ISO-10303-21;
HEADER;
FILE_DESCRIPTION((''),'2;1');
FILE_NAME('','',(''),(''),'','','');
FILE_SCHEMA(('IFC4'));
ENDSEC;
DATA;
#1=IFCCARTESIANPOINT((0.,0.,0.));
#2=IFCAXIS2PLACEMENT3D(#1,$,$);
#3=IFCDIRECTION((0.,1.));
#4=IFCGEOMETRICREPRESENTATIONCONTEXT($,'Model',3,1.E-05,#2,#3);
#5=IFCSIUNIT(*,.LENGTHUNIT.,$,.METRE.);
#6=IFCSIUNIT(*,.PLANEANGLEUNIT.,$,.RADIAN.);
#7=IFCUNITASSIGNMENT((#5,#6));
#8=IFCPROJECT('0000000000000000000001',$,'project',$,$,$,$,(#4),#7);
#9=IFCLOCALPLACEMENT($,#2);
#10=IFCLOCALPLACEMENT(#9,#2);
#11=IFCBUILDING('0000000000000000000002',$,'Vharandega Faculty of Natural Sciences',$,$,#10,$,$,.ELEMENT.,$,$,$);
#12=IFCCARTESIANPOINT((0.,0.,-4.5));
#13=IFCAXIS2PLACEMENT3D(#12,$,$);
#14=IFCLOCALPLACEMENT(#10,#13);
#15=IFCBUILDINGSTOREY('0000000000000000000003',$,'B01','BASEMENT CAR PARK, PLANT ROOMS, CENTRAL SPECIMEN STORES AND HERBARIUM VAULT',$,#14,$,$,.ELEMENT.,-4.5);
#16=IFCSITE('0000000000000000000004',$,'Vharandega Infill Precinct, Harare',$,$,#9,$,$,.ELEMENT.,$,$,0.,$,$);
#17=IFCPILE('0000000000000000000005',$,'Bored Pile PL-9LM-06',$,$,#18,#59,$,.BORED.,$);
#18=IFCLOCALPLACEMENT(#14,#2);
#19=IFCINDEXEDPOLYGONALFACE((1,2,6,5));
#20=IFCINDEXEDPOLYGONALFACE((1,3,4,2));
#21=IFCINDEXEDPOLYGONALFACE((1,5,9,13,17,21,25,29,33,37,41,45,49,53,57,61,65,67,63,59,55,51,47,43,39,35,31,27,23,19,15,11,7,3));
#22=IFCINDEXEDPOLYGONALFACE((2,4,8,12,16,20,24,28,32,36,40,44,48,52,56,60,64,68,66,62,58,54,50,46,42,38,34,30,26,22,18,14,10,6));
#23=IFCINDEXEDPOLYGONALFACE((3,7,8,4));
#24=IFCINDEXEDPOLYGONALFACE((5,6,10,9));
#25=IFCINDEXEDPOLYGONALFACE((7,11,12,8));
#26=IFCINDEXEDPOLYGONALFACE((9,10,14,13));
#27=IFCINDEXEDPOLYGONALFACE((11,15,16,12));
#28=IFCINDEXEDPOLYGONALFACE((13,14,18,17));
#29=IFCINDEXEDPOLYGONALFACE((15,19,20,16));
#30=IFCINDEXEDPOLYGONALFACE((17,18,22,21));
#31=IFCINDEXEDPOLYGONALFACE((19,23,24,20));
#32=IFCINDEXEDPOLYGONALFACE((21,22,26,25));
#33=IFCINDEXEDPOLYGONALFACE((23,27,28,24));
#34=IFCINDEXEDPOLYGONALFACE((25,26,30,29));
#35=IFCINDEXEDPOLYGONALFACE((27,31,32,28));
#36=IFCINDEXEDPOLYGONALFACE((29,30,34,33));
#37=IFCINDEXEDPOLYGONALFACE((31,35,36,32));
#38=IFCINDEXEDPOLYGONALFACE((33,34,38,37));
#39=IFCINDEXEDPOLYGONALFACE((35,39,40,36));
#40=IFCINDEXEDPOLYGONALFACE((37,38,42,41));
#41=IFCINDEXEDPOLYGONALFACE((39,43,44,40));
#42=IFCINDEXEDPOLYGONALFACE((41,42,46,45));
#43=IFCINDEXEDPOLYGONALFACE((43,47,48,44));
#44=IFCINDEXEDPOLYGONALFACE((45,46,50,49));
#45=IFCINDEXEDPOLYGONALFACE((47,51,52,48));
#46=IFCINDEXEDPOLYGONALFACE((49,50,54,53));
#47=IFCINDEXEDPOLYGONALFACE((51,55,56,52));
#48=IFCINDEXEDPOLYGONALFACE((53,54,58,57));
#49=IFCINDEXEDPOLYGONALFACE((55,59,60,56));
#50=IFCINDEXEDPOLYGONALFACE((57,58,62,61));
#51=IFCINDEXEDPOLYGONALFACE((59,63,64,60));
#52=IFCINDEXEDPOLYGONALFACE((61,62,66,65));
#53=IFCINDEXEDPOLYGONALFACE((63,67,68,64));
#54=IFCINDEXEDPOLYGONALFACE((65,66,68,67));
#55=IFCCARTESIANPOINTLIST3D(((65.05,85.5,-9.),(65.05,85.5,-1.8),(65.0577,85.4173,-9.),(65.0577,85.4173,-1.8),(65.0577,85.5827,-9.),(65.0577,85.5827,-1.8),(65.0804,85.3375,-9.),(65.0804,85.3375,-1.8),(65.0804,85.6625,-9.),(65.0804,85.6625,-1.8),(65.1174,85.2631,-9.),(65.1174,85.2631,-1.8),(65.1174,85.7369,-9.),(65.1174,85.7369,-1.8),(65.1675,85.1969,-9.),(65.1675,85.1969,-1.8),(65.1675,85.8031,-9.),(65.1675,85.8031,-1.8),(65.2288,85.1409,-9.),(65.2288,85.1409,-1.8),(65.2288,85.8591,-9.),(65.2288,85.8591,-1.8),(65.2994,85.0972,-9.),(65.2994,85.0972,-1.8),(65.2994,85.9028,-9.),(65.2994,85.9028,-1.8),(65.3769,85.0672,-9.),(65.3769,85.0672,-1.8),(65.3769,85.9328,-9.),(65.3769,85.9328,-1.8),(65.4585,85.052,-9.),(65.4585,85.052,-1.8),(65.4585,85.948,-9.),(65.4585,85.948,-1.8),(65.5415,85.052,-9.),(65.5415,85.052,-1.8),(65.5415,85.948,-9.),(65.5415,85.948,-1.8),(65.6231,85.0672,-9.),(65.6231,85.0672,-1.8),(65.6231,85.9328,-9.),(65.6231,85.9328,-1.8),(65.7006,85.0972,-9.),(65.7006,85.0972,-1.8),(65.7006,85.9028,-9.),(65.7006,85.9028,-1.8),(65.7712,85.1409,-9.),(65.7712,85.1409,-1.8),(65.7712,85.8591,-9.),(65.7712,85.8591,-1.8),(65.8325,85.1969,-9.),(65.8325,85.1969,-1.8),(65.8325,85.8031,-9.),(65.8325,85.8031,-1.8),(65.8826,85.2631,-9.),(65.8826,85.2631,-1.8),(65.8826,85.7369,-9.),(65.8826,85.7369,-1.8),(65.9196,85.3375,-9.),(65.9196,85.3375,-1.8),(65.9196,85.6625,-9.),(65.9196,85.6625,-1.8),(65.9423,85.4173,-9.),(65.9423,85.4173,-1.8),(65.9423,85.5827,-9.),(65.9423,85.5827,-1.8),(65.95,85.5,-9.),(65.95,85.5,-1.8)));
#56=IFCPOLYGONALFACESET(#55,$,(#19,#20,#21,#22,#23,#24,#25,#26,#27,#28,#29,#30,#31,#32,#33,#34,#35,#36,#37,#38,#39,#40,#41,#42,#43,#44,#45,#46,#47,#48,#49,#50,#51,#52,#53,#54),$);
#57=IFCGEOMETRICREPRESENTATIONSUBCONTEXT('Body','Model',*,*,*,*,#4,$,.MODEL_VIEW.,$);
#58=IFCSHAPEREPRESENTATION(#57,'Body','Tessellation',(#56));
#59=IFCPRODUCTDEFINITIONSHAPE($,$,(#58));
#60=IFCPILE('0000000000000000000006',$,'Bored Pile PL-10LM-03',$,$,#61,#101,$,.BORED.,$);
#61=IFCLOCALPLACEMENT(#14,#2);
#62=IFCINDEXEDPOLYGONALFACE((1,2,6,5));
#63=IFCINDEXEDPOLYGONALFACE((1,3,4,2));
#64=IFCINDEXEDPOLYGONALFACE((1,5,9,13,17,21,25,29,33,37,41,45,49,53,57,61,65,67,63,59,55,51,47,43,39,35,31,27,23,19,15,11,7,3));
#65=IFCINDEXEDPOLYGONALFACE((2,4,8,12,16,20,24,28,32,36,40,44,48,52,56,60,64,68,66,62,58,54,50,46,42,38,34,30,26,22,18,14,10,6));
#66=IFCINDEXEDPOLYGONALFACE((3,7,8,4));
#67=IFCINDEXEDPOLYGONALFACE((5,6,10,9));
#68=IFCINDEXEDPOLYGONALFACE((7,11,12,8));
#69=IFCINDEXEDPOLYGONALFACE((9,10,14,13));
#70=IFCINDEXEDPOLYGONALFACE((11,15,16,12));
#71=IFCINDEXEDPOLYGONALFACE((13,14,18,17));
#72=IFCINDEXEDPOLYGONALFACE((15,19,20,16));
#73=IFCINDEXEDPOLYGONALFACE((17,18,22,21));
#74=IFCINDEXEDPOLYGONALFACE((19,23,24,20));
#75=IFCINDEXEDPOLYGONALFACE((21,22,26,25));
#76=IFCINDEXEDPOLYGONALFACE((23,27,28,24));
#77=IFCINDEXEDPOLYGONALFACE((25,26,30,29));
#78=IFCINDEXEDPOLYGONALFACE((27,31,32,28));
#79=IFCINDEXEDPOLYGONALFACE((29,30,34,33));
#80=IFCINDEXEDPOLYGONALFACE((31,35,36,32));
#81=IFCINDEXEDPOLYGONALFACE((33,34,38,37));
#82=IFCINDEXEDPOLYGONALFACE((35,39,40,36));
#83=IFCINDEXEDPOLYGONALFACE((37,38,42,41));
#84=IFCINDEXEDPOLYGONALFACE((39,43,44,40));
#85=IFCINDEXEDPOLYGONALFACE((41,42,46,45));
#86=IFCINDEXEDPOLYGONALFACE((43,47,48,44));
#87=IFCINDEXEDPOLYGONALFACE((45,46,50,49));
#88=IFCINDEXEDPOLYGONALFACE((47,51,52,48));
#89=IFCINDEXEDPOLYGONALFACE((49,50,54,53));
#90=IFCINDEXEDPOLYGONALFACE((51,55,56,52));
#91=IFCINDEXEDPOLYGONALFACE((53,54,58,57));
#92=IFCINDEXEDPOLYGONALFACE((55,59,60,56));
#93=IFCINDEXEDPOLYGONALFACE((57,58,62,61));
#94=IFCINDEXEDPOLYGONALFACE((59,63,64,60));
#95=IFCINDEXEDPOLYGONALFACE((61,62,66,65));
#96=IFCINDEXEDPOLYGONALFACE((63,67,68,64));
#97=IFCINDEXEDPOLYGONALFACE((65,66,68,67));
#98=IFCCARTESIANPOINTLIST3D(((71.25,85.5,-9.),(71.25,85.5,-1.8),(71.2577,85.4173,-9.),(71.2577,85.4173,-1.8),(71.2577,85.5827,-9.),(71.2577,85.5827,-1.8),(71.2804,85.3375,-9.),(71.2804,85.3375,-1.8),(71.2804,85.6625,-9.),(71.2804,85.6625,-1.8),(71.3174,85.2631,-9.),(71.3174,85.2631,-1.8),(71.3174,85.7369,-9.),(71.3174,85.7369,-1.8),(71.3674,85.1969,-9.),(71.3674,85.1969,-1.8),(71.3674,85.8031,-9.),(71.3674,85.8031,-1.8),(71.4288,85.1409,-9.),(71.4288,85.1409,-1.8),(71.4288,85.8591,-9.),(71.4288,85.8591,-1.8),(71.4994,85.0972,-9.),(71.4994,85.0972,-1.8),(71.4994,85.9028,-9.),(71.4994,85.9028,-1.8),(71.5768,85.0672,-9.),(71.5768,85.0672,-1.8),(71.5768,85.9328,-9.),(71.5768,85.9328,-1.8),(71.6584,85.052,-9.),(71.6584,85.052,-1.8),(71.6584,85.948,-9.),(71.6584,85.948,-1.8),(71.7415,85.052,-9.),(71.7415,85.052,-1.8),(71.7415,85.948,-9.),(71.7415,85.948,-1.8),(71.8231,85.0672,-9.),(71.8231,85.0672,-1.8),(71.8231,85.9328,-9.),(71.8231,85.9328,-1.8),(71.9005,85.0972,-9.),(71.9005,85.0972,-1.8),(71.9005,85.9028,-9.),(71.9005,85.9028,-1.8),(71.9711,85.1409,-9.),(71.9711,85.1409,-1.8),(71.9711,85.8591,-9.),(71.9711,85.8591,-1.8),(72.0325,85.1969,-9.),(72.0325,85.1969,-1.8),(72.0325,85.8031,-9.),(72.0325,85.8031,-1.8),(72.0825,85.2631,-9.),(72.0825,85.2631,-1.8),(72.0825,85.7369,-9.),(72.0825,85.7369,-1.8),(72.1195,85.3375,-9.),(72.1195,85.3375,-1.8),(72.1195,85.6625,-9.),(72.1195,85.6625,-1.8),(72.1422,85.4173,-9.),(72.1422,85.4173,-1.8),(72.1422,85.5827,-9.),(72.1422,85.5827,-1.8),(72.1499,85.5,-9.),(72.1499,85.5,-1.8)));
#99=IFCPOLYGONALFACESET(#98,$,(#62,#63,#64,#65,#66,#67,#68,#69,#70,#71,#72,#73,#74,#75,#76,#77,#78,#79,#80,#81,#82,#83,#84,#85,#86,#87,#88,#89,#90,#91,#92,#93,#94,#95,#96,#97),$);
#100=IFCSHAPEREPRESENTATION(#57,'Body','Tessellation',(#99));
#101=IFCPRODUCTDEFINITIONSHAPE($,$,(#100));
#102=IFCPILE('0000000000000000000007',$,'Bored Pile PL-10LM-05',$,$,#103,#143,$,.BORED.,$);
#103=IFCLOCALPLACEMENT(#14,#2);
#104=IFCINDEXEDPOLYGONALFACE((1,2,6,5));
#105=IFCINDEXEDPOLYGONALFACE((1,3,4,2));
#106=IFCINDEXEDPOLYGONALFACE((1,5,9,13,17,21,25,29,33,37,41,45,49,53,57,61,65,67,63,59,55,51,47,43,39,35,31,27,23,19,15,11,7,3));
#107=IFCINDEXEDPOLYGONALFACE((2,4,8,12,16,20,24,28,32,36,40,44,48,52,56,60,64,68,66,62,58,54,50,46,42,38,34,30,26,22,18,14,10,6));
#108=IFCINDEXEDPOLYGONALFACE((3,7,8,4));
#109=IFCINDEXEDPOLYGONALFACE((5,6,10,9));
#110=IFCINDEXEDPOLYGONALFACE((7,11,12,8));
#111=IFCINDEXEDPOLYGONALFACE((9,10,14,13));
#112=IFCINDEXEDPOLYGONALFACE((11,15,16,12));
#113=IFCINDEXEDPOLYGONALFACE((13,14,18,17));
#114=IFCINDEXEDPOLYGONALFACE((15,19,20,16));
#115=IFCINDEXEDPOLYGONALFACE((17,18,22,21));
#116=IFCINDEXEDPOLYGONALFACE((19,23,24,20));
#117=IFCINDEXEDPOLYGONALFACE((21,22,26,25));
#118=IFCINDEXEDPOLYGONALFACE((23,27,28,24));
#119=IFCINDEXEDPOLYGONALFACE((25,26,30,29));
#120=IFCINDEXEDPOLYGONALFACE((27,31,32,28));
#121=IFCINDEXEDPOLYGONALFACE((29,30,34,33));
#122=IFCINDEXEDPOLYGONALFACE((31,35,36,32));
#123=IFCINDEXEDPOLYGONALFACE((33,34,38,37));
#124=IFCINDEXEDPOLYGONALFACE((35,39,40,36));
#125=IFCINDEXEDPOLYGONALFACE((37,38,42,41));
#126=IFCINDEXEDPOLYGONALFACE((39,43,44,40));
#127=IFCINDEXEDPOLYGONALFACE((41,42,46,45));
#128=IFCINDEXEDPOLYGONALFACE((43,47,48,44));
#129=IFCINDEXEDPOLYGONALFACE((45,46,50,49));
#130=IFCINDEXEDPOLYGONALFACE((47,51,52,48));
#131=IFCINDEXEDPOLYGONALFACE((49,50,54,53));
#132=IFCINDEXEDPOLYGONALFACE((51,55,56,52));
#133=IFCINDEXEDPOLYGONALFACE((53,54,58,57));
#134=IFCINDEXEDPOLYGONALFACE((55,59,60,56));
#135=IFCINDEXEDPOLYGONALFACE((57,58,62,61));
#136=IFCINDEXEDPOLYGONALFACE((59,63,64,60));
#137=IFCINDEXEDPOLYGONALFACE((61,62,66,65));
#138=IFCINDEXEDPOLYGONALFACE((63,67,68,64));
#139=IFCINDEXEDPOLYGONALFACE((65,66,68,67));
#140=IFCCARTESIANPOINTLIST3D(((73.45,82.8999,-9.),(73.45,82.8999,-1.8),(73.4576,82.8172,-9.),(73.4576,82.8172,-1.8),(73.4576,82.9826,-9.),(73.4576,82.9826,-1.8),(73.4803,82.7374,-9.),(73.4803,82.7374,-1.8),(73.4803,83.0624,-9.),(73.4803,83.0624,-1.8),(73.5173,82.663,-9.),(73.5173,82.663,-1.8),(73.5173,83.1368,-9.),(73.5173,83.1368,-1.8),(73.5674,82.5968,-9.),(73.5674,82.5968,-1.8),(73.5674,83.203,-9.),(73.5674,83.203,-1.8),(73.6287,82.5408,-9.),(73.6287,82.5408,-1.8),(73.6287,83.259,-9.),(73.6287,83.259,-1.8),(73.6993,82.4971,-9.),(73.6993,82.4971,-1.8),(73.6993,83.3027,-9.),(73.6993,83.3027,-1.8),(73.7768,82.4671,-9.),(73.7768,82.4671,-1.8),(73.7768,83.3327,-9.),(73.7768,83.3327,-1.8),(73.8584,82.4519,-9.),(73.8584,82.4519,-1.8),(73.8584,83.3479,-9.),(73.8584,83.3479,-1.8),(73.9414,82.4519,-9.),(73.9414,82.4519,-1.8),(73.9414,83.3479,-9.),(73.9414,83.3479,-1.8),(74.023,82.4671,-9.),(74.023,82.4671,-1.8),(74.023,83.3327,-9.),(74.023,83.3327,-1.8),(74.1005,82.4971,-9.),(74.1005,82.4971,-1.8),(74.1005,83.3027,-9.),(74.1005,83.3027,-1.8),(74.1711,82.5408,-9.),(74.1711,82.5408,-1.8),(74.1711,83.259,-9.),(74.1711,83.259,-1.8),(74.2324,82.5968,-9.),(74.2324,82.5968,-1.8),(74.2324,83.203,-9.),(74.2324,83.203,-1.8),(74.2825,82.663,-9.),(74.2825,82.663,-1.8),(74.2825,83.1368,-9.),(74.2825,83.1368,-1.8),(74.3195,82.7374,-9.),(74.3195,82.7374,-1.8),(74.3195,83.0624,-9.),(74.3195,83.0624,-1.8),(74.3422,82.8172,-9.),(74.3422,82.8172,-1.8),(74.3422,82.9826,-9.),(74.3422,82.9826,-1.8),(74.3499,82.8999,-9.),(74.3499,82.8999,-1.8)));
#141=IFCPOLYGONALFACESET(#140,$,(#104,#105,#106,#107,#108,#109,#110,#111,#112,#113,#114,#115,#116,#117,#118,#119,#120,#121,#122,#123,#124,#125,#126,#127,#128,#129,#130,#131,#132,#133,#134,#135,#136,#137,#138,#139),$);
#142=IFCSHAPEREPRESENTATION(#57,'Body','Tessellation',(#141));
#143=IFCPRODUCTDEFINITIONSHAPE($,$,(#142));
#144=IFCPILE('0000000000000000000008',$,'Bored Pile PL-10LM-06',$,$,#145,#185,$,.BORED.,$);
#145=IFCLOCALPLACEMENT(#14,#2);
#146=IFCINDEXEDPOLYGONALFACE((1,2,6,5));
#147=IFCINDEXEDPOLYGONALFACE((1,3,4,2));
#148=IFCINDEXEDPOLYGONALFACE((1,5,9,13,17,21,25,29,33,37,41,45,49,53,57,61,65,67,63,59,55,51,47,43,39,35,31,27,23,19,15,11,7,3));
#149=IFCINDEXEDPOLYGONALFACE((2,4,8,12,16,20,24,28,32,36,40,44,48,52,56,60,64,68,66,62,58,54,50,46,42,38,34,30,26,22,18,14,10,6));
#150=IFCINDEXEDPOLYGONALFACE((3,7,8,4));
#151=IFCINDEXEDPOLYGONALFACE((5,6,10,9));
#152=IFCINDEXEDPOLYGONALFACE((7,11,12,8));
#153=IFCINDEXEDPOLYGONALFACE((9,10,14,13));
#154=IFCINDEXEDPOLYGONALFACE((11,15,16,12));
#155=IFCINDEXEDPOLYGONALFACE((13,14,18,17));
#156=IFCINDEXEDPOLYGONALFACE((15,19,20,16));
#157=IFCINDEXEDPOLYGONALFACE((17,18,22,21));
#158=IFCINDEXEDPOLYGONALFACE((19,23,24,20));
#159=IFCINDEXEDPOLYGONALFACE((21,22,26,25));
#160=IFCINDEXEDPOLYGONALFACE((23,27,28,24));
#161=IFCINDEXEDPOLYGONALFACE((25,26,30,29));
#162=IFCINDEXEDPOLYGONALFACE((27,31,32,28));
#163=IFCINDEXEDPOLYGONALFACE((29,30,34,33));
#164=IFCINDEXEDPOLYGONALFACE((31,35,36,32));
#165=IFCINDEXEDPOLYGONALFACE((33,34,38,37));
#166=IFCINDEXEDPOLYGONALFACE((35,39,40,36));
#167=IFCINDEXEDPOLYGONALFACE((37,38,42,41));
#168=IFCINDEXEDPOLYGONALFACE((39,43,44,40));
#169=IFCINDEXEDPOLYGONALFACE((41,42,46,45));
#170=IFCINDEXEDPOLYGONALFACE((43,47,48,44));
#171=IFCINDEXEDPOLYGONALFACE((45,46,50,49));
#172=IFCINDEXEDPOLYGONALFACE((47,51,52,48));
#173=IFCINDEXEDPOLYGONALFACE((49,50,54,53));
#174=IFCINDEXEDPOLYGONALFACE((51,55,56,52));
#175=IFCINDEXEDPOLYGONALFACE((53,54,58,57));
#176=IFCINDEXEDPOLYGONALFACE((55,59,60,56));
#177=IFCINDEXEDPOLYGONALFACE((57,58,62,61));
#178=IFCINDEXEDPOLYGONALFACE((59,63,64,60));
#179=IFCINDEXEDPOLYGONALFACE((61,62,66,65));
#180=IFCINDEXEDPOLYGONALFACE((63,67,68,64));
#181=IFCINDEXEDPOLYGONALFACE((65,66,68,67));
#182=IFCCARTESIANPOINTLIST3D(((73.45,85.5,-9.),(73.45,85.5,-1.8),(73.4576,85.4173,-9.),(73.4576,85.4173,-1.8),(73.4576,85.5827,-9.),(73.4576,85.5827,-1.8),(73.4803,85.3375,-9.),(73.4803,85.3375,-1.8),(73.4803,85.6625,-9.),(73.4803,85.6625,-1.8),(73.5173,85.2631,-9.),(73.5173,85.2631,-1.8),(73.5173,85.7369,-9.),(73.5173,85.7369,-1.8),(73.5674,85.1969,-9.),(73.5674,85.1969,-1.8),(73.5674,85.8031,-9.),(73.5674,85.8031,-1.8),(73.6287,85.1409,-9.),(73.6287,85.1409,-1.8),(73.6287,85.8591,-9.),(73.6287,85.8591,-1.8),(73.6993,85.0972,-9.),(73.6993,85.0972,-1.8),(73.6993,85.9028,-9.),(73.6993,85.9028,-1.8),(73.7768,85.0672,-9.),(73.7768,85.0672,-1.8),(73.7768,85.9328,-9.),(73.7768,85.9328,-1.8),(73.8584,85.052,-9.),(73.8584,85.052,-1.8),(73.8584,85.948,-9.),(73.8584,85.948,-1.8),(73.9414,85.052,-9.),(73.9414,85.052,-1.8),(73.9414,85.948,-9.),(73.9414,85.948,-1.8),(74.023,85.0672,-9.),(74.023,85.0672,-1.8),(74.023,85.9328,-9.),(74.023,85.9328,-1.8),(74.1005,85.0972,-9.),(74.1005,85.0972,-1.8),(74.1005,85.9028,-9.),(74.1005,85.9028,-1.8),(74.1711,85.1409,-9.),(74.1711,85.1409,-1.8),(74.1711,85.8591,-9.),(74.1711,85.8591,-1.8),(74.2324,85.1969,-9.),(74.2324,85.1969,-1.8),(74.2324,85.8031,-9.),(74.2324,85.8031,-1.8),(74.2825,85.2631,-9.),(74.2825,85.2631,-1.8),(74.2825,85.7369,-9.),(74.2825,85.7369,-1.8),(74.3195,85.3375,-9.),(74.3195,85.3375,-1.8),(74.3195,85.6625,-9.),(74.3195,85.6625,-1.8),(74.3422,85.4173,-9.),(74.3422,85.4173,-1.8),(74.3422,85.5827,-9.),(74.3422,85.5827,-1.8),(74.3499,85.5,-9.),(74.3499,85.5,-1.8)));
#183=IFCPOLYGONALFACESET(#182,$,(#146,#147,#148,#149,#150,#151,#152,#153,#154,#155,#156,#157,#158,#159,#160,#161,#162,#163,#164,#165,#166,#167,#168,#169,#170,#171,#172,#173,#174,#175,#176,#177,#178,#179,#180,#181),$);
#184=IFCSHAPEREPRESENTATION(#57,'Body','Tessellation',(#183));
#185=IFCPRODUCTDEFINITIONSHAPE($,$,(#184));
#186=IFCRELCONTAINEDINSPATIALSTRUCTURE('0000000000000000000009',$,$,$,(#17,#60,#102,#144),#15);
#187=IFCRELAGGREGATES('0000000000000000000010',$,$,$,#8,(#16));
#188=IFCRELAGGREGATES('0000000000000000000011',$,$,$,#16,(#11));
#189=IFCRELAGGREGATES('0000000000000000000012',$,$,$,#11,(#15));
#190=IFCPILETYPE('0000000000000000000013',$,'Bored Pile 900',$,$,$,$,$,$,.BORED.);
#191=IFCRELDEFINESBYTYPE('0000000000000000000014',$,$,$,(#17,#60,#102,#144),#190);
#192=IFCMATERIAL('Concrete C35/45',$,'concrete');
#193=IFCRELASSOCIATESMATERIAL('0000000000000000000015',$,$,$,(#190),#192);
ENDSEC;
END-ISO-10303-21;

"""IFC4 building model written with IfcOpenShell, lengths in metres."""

from ifc_helpers import new_model, si_unit, direction, frame, origin, origin_2d, place, context, subcontext, project, spatial, circle, extrude, material, material_profile, profile_set, type_object, element, save


model = new_model("IFC4")

# Units and contexts
model_context = context("Model", 3, precision=1e-05, world=origin(), true_north=direction((0.0, 1.0)))
body_context = subcontext(model_context, "Body", "Model", "MODEL_VIEW")
ifc_project = project(units=[si_unit("LENGTHUNIT", "METRE"), si_unit("PLANEANGLEUNIT", "RADIAN")], contexts=[model_context])

# Site, building, storey
site_placement = place(None, origin())
site = spatial("IfcSite", under=ifc_project, at=site_placement, Name="Vharandega Infill Precinct, Harare", CompositionType="ELEMENT", RefElevation=0.0)
building_placement = place(site_placement, origin())
building = spatial("IfcBuilding", under=site, at=building_placement, Name="Vharandega Faculty of Natural Sciences", CompositionType="ELEMENT")
storey_placement = place(building_placement, frame((0.0, 0.0, -4.5)))
storey = spatial("IfcBuildingStorey", under=building, at=storey_placement, Name="B01", Description="BASEMENT CAR PARK, PLANT ROOMS, CENTRAL SPECIMEN STORES AND HERBARIUM VAULT", CompositionType="ELEMENT", Elevation=-4.5)

# Piles
ifc_material_1 = material(Name="Concrete C35/45", Category="concrete")
ifc_material_profile_1 = material_profile(ifc_material_1, circle(Radius=0.45, at=origin_2d()), Name="PILE 900")
ifc_profile_set_1 = profile_set([ifc_material_profile_1], Name="Concrete C35/45")
pile_type = type_object("IfcPileType", Name="Bored Pile 900", PredefinedType="BORED", material=ifc_profile_set_1)
for number, where, z_axis, x_axis, name in (
    (1, (65.5, 85.5, -1.8), (0.0, 0.0, -1.0), (1.0, 0.0, 0.0), "Bored Pile PL-9LM-06"),
    (2, (71.7, 85.5, -1.8), (0.0, 0.0, -1.0), (1.0, 0.0, 0.0), "Bored Pile PL-10LM-03"),
    (3, (73.8999, 82.8999, -1.8), (0.0, 0.0, -1.0), (1.0, 0.0, 0.0), "Bored Pile PL-10LM-05"),
    (4, (73.8999, 85.5, -1.8), (0.0, 0.0, -1.0), (1.0, 0.0, 0.0), "Bored Pile PL-10LM-06"),
):
    element("IfcPile", number, at=place(storey_placement, frame(where, z_axis=z_axis, x_axis=x_axis)), inside=storey, type_object=pile_type, Name=name, PredefinedType="BORED", context=body_context, shape_type="SweptSolid", body=[
        extrude(circle(Radius=0.45, at=origin_2d()), origin(), (0.0, 0.0, 1.0), 7.2),
    ])

save(model, "model.ifc")
